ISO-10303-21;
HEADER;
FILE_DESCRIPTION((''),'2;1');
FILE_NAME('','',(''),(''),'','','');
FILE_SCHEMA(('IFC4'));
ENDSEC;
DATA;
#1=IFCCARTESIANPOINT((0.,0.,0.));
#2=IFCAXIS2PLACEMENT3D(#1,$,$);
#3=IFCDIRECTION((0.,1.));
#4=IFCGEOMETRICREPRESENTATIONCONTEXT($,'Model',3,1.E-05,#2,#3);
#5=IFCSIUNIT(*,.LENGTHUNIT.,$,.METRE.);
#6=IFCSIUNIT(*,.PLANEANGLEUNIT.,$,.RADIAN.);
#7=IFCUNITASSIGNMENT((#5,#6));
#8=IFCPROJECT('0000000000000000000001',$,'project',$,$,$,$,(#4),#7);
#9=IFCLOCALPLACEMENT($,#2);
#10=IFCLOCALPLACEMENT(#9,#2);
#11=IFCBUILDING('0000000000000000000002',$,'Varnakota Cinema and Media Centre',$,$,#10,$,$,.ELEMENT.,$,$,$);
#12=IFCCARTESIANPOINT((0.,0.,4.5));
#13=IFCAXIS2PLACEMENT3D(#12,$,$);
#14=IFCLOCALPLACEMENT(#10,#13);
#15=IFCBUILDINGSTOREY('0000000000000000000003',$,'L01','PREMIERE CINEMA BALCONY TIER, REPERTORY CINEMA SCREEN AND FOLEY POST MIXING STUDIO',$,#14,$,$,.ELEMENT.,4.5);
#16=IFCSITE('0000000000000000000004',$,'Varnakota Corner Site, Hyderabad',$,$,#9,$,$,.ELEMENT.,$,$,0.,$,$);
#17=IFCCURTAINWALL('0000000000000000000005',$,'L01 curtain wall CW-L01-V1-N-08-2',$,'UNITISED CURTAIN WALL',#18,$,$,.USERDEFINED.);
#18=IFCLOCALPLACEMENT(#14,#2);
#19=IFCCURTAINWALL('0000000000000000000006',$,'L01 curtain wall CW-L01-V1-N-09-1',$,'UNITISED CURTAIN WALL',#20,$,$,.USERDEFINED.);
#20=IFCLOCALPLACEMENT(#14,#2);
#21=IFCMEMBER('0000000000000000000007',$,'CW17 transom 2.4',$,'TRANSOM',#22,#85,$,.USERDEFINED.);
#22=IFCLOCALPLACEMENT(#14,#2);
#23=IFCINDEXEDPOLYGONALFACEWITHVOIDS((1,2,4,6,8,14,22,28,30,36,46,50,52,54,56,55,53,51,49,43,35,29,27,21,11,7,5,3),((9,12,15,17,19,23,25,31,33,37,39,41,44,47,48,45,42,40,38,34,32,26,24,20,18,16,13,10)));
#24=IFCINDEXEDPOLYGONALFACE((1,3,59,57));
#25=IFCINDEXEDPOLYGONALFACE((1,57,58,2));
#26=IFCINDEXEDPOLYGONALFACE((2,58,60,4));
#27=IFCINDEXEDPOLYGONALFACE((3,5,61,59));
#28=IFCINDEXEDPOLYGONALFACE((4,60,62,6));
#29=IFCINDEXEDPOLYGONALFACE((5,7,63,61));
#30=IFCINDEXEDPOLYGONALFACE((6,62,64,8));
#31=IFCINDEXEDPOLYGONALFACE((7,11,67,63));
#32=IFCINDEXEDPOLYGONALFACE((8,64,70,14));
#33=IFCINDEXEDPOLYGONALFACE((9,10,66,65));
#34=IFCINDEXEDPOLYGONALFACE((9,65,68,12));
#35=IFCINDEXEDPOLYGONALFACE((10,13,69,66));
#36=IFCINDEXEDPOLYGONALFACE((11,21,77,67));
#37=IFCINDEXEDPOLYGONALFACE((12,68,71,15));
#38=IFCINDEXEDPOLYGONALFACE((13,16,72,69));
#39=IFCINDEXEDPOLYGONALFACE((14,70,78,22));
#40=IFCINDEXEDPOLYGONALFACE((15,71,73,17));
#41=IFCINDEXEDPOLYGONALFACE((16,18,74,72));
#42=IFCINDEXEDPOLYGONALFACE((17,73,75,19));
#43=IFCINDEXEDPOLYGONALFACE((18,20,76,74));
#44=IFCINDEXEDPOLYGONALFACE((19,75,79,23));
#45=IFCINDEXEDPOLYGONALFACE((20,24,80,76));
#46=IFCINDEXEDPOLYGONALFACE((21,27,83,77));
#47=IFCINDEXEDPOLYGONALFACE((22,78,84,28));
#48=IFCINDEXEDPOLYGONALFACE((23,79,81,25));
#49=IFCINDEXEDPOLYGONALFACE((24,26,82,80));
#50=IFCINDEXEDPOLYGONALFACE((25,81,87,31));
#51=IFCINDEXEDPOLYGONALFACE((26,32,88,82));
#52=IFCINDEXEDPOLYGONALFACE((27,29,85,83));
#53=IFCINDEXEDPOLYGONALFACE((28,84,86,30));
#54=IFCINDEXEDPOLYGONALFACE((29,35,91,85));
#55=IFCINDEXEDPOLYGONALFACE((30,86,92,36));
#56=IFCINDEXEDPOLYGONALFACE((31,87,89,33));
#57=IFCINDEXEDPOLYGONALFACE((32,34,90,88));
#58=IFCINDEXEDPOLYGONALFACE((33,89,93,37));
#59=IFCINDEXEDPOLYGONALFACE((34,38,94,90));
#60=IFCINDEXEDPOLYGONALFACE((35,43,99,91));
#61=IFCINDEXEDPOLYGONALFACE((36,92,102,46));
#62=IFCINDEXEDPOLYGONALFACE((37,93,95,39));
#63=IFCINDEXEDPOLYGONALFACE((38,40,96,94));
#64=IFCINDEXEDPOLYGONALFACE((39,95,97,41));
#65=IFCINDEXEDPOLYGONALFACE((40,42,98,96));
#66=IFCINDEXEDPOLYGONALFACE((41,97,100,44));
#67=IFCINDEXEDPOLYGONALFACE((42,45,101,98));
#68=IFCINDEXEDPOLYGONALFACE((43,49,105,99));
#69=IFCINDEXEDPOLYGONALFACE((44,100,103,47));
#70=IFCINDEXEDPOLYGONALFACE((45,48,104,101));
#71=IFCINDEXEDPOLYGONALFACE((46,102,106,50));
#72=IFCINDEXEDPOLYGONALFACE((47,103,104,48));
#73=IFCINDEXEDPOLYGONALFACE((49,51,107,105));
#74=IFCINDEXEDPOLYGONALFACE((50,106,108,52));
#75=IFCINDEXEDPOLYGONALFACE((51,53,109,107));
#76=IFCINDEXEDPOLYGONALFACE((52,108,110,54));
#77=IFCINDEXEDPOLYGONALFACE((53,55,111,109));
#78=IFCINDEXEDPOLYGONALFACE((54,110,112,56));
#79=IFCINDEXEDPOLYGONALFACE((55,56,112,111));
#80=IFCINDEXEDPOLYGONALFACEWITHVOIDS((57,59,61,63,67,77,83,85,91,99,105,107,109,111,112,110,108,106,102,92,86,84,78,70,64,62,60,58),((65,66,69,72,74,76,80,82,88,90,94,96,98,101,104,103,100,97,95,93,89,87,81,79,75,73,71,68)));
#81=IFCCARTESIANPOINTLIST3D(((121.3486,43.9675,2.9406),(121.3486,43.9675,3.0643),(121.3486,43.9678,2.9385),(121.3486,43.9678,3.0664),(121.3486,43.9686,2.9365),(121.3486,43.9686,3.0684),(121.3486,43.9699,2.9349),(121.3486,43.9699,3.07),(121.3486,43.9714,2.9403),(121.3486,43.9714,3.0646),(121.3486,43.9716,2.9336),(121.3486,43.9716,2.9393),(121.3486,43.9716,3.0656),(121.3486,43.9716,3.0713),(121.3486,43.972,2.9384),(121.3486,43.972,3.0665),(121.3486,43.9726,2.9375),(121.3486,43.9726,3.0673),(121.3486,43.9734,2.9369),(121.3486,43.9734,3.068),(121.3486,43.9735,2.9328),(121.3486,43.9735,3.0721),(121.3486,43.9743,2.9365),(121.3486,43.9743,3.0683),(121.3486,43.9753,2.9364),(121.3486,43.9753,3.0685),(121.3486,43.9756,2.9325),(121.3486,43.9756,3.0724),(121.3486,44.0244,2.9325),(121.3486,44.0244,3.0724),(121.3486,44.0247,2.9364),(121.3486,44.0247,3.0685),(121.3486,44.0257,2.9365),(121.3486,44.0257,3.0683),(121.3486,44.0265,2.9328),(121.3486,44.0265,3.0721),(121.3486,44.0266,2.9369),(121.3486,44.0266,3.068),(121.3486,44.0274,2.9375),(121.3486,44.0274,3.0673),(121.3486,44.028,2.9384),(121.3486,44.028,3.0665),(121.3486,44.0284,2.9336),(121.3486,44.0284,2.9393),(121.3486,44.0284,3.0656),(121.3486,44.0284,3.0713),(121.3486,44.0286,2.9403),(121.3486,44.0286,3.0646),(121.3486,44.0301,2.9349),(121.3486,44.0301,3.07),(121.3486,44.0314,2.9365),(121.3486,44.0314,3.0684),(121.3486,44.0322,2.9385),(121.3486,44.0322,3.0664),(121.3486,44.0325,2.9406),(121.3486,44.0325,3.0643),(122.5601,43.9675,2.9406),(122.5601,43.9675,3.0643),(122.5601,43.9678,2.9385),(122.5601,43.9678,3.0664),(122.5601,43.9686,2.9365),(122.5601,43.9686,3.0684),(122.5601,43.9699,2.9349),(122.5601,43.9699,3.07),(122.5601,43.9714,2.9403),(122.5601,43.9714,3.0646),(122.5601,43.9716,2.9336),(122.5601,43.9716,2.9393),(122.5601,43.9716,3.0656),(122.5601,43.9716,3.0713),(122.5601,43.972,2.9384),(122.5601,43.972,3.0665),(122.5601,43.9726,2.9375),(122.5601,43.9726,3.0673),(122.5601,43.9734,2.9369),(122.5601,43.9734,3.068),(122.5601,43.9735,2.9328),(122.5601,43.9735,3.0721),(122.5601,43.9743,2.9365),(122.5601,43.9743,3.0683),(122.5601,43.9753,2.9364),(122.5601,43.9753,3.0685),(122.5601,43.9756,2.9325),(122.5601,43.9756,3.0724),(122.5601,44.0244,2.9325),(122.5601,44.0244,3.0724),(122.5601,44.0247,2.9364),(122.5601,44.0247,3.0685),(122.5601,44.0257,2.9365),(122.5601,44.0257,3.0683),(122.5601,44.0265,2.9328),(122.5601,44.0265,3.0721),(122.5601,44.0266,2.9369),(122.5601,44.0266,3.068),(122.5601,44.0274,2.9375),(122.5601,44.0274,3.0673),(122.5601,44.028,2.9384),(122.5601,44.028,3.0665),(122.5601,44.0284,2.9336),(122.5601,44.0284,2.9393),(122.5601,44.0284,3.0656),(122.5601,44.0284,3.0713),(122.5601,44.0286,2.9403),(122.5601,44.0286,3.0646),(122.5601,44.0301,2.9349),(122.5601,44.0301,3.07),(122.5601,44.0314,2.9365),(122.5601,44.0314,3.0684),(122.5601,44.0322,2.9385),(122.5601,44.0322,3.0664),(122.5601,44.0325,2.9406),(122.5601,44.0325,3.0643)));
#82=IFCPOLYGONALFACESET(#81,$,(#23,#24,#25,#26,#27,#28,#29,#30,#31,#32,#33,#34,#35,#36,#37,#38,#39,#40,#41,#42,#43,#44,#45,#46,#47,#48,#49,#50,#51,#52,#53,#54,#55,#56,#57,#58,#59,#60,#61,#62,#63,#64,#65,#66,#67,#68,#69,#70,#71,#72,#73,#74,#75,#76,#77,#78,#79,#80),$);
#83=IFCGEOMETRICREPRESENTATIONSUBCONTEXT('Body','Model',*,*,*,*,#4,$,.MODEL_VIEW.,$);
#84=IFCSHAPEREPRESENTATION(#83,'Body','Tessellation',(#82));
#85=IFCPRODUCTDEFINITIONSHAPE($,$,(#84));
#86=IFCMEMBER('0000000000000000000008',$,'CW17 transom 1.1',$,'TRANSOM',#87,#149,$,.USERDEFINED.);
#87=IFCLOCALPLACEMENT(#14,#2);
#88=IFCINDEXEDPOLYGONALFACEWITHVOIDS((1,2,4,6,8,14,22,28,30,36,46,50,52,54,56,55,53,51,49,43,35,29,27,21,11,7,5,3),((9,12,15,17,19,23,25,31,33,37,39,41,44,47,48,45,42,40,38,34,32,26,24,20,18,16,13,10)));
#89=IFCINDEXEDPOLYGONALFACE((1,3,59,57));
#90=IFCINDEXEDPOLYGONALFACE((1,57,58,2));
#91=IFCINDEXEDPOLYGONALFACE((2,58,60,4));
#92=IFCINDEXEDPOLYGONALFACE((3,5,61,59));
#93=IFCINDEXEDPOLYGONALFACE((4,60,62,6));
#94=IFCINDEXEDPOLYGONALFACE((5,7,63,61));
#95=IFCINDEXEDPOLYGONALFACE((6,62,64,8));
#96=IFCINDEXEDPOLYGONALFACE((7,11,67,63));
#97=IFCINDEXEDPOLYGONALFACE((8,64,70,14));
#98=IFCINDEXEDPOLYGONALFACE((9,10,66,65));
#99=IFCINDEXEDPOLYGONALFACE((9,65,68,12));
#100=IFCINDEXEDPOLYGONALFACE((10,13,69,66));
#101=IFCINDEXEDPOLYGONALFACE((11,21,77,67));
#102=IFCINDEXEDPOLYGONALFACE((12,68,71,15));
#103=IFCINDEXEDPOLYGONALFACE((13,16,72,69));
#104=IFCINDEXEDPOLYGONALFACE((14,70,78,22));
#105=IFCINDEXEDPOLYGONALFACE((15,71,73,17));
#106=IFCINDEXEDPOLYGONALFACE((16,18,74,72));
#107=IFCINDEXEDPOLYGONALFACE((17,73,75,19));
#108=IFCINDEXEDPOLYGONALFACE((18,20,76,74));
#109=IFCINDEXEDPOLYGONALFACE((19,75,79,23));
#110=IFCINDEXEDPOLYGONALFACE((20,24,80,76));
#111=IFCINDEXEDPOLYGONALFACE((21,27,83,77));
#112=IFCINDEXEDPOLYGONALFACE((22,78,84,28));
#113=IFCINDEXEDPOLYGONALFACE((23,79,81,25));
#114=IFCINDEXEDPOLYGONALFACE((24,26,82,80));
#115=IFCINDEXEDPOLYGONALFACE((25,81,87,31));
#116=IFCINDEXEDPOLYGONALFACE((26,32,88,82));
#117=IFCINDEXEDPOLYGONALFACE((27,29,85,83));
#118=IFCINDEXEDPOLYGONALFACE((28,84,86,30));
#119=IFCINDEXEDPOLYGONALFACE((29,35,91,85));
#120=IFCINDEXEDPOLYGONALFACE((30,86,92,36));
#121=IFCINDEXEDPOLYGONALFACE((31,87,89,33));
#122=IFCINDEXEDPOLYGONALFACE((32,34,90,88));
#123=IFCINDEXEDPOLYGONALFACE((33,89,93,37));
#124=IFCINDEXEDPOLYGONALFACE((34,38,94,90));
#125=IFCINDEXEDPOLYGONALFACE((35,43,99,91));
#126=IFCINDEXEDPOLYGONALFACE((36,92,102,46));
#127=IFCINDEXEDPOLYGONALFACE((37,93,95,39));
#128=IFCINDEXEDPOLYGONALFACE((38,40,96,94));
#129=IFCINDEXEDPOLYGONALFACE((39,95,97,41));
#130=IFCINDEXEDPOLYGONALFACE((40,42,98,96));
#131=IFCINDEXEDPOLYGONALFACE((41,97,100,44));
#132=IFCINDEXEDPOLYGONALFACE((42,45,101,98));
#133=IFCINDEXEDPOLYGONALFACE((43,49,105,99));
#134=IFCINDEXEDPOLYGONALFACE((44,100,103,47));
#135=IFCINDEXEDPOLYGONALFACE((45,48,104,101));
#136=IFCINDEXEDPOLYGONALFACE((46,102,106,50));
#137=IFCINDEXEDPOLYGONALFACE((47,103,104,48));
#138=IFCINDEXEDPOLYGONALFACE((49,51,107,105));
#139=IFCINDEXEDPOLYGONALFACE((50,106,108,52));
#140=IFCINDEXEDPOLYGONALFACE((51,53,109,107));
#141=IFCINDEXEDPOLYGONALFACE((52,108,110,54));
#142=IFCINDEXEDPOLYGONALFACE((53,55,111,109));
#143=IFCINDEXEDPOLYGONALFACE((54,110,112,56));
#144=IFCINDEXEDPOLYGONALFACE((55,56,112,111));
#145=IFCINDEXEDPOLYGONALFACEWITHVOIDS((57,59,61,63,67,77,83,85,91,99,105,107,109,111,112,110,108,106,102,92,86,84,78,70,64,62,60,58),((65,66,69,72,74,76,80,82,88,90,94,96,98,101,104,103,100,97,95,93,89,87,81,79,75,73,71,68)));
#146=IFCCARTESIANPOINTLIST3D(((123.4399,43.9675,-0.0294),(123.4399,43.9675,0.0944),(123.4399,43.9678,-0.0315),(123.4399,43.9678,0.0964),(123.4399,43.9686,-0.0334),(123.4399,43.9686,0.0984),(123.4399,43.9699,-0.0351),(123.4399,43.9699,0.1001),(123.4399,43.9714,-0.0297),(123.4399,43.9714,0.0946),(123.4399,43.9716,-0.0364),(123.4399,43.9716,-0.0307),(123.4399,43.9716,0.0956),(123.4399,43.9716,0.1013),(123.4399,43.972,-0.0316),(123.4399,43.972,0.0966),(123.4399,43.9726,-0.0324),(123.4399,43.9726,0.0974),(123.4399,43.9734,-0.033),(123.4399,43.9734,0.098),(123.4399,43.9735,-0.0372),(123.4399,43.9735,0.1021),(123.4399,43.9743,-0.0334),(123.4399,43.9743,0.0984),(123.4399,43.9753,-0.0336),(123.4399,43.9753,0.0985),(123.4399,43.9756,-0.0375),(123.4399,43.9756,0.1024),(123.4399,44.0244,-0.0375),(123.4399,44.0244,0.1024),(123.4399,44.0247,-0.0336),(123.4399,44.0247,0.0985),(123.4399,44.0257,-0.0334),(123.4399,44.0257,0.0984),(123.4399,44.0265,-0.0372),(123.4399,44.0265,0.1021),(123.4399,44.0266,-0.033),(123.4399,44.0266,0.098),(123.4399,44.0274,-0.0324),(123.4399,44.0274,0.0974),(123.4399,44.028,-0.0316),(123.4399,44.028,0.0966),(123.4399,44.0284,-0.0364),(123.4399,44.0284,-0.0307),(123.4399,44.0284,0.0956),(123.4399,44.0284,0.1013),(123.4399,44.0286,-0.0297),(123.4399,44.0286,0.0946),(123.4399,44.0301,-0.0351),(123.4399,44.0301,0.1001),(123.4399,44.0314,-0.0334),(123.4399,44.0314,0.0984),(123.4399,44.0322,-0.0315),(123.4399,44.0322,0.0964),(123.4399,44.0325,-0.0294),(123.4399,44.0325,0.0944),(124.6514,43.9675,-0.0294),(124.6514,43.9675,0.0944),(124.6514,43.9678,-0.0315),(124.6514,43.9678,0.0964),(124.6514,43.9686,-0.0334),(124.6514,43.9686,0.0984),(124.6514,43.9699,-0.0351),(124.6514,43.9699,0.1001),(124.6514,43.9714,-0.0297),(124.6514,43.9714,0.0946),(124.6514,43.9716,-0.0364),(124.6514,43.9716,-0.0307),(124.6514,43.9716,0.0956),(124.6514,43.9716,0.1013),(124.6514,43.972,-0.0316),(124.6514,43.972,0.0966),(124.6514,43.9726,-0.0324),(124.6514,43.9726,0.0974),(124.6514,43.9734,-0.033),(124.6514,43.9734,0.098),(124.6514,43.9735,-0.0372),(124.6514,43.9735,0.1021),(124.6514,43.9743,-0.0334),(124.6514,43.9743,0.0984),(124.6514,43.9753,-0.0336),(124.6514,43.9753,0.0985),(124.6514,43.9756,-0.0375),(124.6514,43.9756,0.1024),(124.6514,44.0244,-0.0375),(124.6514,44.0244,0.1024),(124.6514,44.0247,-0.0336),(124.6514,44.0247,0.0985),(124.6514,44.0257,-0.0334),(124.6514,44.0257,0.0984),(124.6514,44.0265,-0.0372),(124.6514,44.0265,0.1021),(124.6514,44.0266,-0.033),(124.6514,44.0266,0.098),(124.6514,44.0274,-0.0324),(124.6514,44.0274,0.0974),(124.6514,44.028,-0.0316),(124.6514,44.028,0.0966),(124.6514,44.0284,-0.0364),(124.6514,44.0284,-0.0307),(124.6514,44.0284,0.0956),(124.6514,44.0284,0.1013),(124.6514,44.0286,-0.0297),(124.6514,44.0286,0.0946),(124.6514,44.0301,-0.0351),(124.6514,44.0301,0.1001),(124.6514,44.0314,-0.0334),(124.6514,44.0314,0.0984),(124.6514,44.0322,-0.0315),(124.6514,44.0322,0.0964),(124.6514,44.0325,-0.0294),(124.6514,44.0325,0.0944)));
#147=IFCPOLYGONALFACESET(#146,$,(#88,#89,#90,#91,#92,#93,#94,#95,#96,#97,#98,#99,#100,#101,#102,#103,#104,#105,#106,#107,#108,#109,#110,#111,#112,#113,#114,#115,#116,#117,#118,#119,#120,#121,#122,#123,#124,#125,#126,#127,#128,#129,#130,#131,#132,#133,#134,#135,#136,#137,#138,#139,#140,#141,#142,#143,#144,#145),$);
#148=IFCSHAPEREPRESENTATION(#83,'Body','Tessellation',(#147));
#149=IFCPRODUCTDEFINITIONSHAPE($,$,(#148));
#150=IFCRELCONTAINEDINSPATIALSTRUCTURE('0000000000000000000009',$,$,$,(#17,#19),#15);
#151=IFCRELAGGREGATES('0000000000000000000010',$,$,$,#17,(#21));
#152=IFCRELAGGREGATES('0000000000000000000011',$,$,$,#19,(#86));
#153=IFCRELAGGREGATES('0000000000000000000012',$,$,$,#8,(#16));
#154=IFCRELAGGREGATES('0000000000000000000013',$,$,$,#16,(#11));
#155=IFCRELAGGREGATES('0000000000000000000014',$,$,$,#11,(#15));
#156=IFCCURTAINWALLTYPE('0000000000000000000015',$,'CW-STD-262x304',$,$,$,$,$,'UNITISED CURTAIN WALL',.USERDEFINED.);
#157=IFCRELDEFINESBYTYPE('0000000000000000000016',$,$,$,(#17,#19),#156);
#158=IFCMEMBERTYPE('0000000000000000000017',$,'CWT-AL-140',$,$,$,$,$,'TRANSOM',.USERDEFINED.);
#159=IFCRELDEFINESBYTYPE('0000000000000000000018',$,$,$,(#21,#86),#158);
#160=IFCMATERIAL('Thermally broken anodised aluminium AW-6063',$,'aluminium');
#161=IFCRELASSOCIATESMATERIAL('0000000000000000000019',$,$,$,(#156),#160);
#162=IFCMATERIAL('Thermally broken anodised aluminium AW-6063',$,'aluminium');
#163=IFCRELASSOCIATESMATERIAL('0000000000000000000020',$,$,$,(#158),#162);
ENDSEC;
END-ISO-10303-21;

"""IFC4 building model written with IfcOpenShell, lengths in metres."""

from ifc_helpers import new_model, si_unit, direction, frame, origin, origin_2d, place, context, subcontext, project, spatial, hollow_rectangle, extrude, material, material_profile, profile_set, type_object, element, aggregate, save


model = new_model("IFC4")

# Units and contexts
model_context = context("Model", 3, precision=1e-05, world=origin(), true_north=direction((0.0, 1.0)))
body_context = subcontext(model_context, "Body", "Model", "MODEL_VIEW")
ifc_project = project(units=[si_unit("LENGTHUNIT", "METRE"), si_unit("PLANEANGLEUNIT", "RADIAN")], contexts=[model_context])

# Site, building, storey
site_placement = place(None, origin())
site = spatial("IfcSite", under=ifc_project, at=site_placement, Name="Varnakota Corner Site, Hyderabad", CompositionType="ELEMENT", RefElevation=0.0)
building_placement = place(site_placement, origin())
building = spatial("IfcBuilding", under=site, at=building_placement, Name="Varnakota Cinema and Media Centre", CompositionType="ELEMENT")
storey_placement = place(building_placement, frame((0.0, 0.0, 4.5)))
storey = spatial("IfcBuildingStorey", under=building, at=storey_placement, Name="L01", Description="PREMIERE CINEMA BALCONY TIER, REPERTORY CINEMA SCREEN AND FOLEY POST MIXING STUDIO", CompositionType="ELEMENT", Elevation=4.5)

# Curtain walls
ifc_material_1 = material(Name="Thermally broken anodised aluminium AW-6063", Category="aluminium")
curtain_wall_type = type_object("IfcCurtainWallType", Name="CW-STD-262x304", ElementType="UNITISED CURTAIN WALL", PredefinedType="USERDEFINED", material=ifc_material_1)
curtain_wall_1_placement = place(storey_placement, origin())
curtain_wall_1 = element("IfcCurtainWall", 1, at=curtain_wall_1_placement, inside=storey, type_object=curtain_wall_type, Name="L01 curtain wall CW-L01-V1-N-08-2", ObjectType="UNITISED CURTAIN WALL", PredefinedType="USERDEFINED")
curtain_wall_2_placement = place(storey_placement, origin())
curtain_wall_2 = element("IfcCurtainWall", 2, at=curtain_wall_2_placement, inside=storey, type_object=curtain_wall_type, Name="L01 curtain wall CW-L01-V1-N-09-1", ObjectType="UNITISED CURTAIN WALL", PredefinedType="USERDEFINED")

# Members
ifc_material_2 = material(Name="Thermally broken anodised aluminium AW-6063", Category="aluminium")
ifc_material_profile_1 = material_profile(ifc_material_2, hollow_rectangle(XDim=0.0649, YDim=0.1399, WallThickness=0.0039, InnerFilletRadius=0.0039, OuterFilletRadius=0.0081, at=origin_2d()), Name="AL-TRANSOM 140x65x4")
ifc_profile_set_1 = profile_set([ifc_material_profile_1], Name="Thermally broken anodised aluminium AW-6063")
member_type_1 = type_object("IfcMemberType", Name="CWT-AL-140", ElementType="TRANSOM", PredefinedType="USERDEFINED", material=ifc_profile_set_1)
member_1_placement = place(storey_placement, frame((121.3486, 44.0, 3.0024), z_axis=(1.0, 0.0, 0.0), x_axis=(0.0, 1.0, 0.0)))
member_1 = element("IfcMember", 3, at=member_1_placement, type_object=member_type_1, Name="CW17 transom 2.4", ObjectType="TRANSOM", PredefinedType="USERDEFINED", context=body_context, shape_type="SweptSolid", body=[
    extrude(hollow_rectangle(XDim=0.0649, YDim=0.1399, WallThickness=0.0039, InnerFilletRadius=0.0039, OuterFilletRadius=0.0081, at=origin_2d()), origin(), (0.0, 0.0, 1.0), 1.2114),
])
member_2_placement = place(storey_placement, frame((123.4399, 44.0, 0.0325), z_axis=(1.0, 0.0, 0.0), x_axis=(0.0, 1.0, 0.0)))
member_2 = element("IfcMember", 4, at=member_2_placement, type_object=member_type_1, Name="CW17 transom 1.1", ObjectType="TRANSOM", PredefinedType="USERDEFINED", context=body_context, shape_type="SweptSolid", body=[
    extrude(hollow_rectangle(XDim=0.0649, YDim=0.1399, WallThickness=0.0039, InnerFilletRadius=0.0039, OuterFilletRadius=0.0081, at=origin_2d()), origin(), (0.0, 0.0, 1.0), 1.2114),
])

aggregate(curtain_wall_1, [member_1])
aggregate(curtain_wall_2, [member_2])

save(model, "model.ifc")
